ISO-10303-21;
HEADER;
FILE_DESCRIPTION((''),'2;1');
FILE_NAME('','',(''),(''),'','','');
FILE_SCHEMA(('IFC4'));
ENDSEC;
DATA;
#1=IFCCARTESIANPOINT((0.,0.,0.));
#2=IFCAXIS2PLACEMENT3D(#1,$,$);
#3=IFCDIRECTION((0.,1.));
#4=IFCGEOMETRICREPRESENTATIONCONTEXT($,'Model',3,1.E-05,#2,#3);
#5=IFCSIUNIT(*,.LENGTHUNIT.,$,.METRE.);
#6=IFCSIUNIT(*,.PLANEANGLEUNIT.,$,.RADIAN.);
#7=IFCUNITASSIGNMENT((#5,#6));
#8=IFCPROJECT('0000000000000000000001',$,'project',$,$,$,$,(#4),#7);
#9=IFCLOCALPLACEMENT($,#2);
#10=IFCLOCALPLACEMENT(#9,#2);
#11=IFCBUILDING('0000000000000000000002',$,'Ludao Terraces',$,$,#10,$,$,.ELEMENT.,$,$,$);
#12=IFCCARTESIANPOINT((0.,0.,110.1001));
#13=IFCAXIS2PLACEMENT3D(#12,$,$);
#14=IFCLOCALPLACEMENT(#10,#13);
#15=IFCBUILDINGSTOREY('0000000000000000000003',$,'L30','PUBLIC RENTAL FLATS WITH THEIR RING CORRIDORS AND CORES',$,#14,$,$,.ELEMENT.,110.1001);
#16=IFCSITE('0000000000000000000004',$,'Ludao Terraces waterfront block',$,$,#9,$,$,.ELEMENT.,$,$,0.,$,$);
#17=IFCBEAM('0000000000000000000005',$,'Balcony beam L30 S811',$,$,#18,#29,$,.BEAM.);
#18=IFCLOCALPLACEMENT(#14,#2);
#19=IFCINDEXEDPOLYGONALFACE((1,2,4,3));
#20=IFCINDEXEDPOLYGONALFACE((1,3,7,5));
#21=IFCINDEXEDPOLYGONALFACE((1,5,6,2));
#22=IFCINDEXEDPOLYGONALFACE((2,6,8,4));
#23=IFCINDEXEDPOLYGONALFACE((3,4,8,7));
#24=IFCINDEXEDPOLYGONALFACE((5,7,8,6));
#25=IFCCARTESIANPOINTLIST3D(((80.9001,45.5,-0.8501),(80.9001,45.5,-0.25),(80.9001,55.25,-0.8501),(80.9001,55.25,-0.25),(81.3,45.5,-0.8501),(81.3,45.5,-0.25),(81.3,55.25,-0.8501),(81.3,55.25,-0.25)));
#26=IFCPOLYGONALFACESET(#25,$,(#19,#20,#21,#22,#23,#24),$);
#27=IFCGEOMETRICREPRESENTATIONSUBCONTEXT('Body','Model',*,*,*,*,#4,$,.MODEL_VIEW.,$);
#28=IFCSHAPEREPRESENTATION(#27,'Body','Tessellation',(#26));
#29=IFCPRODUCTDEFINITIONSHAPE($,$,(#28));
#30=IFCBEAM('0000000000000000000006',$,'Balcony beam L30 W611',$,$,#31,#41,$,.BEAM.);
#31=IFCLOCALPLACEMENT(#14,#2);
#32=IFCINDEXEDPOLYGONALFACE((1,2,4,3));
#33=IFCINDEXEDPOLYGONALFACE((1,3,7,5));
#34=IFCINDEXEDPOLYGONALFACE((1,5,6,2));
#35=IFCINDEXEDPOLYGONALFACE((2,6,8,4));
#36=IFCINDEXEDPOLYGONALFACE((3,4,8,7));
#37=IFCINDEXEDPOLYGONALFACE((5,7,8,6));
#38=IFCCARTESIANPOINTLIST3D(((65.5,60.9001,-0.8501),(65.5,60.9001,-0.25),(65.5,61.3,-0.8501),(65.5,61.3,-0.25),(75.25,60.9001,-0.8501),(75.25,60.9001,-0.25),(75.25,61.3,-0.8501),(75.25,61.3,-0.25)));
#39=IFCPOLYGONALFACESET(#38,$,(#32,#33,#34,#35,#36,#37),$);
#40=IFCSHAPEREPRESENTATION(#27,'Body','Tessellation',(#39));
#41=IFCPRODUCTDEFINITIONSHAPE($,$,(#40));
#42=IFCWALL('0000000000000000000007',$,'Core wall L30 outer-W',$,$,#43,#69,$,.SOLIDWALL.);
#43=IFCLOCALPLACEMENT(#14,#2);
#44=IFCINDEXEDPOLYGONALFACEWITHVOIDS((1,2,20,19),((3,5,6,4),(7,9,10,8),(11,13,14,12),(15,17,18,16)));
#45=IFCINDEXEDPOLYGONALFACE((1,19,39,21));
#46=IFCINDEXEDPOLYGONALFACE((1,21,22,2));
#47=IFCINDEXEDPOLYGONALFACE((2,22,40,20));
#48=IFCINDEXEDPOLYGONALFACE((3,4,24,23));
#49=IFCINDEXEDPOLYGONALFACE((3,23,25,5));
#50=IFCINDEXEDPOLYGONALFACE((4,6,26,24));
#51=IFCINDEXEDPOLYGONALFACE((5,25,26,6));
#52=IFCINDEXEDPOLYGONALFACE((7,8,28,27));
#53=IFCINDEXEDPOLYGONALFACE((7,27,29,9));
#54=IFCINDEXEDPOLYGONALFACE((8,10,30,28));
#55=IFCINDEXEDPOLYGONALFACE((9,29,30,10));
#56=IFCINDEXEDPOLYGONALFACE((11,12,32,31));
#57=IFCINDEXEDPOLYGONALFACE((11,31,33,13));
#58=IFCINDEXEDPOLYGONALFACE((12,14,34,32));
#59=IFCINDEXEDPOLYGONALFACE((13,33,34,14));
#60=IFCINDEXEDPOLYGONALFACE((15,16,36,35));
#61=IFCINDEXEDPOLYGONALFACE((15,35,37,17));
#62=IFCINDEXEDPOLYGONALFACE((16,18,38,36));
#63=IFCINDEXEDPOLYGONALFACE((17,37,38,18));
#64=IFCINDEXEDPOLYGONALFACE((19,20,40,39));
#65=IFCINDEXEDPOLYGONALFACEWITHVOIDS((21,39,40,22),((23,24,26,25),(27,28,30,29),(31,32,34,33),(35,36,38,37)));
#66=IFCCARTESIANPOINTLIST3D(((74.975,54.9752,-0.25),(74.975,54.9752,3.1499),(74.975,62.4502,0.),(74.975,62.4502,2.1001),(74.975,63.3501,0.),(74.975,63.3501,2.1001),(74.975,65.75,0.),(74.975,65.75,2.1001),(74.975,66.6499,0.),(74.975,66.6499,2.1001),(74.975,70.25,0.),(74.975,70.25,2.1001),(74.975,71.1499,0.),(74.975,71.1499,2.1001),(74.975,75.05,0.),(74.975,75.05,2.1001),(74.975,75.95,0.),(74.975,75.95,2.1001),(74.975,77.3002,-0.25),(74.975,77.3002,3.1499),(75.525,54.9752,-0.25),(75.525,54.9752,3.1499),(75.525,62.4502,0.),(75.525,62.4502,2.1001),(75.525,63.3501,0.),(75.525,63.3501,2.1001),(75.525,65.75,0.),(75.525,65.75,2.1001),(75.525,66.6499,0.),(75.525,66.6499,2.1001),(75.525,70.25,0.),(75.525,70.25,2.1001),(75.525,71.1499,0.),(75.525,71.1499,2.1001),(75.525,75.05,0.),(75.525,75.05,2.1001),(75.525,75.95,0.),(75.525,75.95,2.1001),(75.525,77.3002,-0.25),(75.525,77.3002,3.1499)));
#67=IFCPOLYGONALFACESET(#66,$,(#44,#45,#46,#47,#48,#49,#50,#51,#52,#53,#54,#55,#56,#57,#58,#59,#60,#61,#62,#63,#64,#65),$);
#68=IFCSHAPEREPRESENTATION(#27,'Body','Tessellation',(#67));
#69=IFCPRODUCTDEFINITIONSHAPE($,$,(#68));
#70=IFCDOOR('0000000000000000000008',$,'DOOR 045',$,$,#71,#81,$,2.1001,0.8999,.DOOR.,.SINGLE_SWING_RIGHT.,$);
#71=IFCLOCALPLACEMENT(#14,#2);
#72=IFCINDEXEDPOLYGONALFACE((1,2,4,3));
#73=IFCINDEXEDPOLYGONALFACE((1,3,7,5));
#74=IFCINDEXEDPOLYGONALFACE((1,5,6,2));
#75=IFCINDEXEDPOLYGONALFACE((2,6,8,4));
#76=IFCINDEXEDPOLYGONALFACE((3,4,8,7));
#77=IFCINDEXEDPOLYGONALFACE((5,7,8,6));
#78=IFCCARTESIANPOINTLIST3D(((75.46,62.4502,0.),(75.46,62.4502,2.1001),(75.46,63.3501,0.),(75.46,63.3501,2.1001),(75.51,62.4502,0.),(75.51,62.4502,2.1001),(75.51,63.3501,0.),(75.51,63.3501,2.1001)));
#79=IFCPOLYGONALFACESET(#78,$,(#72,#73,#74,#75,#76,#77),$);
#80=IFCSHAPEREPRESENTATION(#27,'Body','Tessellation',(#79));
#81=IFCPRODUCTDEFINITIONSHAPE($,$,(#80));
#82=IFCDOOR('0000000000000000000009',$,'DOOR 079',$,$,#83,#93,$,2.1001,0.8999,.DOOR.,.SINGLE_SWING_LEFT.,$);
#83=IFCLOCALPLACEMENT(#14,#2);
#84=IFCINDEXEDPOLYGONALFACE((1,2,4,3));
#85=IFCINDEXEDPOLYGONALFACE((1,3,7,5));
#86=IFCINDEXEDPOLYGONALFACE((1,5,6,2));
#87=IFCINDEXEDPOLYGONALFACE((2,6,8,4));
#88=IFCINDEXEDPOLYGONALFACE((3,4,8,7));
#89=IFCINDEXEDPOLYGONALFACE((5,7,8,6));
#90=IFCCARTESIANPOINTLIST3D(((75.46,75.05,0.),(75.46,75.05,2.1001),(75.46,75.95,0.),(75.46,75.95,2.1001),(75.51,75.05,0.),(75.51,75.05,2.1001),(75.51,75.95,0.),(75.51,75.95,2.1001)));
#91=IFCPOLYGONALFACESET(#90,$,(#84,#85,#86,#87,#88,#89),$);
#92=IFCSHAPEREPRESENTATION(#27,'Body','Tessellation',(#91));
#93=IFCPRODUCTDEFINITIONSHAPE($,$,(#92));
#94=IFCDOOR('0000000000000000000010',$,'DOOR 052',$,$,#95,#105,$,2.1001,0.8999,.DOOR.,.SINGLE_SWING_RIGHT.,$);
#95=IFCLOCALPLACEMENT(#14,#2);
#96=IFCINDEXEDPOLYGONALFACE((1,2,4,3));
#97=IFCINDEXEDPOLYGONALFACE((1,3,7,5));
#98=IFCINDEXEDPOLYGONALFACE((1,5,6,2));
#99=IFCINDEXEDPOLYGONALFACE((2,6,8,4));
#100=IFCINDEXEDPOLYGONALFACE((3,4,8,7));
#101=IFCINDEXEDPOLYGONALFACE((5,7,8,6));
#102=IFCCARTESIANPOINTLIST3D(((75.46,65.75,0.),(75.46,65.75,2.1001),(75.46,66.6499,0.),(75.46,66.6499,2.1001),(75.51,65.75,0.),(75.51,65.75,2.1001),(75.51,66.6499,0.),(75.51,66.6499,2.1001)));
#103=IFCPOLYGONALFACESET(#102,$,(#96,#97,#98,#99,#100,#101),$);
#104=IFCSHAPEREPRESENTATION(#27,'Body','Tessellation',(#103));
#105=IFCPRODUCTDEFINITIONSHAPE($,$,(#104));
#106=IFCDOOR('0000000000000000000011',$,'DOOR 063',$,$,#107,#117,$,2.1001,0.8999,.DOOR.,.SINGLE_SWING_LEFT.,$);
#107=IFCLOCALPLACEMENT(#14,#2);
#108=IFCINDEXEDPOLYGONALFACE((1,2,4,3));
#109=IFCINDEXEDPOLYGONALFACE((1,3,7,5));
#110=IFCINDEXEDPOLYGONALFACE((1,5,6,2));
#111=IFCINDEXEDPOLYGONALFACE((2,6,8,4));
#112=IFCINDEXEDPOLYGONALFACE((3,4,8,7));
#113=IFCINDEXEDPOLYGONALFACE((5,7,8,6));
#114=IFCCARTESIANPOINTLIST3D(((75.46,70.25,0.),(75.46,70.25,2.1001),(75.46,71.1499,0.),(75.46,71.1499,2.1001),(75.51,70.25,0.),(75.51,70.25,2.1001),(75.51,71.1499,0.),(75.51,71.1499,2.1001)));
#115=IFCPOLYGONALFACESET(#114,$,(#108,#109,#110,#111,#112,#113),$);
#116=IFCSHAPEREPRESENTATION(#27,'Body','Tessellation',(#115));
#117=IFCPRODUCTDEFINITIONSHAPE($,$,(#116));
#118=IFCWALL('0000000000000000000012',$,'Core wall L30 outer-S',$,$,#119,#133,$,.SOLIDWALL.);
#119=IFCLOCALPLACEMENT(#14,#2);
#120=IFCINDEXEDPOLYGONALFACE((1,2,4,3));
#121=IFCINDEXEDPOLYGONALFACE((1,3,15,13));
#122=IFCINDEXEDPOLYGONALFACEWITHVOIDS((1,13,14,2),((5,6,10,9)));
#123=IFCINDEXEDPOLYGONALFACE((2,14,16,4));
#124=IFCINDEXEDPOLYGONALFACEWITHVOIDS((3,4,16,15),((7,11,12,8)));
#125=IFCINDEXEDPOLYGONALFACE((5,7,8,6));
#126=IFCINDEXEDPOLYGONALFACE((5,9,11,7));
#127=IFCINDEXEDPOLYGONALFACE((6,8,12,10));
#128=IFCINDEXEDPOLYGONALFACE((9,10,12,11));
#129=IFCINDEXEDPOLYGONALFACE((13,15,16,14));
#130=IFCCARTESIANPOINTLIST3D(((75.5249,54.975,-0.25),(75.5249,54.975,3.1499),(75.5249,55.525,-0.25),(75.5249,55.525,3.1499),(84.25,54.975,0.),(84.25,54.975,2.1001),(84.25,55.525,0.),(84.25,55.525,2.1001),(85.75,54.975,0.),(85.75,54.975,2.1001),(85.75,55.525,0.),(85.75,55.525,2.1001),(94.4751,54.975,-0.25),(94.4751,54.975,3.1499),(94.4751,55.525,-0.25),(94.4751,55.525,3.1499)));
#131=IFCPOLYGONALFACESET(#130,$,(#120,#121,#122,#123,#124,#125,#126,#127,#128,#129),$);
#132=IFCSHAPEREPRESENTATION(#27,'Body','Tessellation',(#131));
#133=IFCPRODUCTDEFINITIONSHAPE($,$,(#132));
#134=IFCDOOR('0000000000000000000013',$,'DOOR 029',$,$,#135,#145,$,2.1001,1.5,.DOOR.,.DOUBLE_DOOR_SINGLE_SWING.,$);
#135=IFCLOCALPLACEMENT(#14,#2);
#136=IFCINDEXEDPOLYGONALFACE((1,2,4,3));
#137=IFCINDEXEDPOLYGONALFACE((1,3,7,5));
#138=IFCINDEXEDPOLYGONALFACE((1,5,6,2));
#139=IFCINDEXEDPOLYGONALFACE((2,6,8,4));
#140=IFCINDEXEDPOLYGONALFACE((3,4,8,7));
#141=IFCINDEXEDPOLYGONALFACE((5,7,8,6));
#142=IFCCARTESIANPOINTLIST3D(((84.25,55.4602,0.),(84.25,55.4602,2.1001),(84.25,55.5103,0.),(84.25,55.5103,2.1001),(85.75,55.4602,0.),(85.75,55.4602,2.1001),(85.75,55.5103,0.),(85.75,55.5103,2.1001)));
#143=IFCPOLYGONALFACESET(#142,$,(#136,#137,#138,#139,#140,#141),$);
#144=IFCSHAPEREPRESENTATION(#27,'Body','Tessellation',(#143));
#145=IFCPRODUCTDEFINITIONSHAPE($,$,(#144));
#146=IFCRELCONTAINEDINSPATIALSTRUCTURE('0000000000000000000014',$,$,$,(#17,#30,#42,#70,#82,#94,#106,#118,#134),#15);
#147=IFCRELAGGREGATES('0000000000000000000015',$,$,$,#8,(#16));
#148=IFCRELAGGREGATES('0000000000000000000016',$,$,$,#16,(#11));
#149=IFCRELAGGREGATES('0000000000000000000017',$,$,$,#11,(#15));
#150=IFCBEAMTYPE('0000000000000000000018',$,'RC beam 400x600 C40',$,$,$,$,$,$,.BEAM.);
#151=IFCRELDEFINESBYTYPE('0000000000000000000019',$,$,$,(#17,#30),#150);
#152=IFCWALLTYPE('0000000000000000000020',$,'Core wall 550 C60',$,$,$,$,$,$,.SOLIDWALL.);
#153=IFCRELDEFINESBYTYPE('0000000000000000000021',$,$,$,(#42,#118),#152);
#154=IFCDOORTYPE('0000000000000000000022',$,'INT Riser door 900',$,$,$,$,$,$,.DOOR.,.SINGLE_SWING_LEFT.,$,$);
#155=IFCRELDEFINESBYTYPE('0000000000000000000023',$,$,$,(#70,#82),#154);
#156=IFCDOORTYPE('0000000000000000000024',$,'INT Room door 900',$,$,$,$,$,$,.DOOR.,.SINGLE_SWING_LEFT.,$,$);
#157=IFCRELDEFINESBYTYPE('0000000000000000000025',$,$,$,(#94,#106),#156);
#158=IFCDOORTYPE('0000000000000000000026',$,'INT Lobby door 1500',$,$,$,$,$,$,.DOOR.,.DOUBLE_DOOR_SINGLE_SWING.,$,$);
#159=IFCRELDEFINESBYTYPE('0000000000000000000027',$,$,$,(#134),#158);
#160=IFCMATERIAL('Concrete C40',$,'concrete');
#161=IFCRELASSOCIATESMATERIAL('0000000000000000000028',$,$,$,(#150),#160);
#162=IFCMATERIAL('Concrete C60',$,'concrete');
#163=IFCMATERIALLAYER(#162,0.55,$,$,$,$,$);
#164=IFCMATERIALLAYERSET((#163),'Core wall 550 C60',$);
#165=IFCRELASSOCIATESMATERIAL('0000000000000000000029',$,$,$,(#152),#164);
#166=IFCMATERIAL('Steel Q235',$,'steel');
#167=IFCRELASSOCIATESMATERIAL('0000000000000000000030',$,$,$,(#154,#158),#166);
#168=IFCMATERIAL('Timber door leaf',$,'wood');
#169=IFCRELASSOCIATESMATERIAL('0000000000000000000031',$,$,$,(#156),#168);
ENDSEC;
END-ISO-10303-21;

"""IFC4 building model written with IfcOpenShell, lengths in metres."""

from ifc_helpers import new_model, si_unit, direction, frame, frame_2d, origin, origin_2d, place, context, subcontext, project, spatial, rectangle, extrude, material, layer, layer_set, material_profile, profile_set, type_object, element, fill, save


model = new_model("IFC4")

# Units and contexts
model_context = context("Model", 3, precision=1e-05, world=origin(), true_north=direction((0.0, 1.0)))
body_context = subcontext(model_context, "Body", "Model", "MODEL_VIEW")
ifc_project = project(units=[si_unit("LENGTHUNIT", "METRE"), si_unit("PLANEANGLEUNIT", "RADIAN")], contexts=[model_context])

# Site, building, storey
site_placement = place(None, origin())
site = spatial("IfcSite", under=ifc_project, at=site_placement, Name="Ludao Terraces waterfront block", CompositionType="ELEMENT", RefElevation=0.0)
building_placement = place(site_placement, origin())
building = spatial("IfcBuilding", under=site, at=building_placement, Name="Ludao Terraces", CompositionType="ELEMENT")
storey_placement = place(building_placement, frame((0.0, 0.0, 110.1001)))
storey = spatial("IfcBuildingStorey", under=building, at=storey_placement, Name="L30", Description="PUBLIC RENTAL FLATS WITH THEIR RING CORRIDORS AND CORES", CompositionType="ELEMENT", Elevation=110.1001)

# Beams
ifc_material_1 = material(Name="Concrete C40", Category="concrete")
ifc_material_profile = material_profile(ifc_material_1, rectangle(XDim=0.3999, YDim=0.6001, at=origin_2d()), Name="400 X 600")
ifc_profile_set = profile_set([ifc_material_profile], Name="Concrete C40")
beam_type = type_object("IfcBeamType", Name="RC beam 400x600 C40", PredefinedType="BEAM", material=ifc_profile_set)
for number, where, z_axis, x_axis, name in (
    (1, (81.1001, 55.25, -0.55), (0.0, -1.0, 0.0), (1.0, 0.0, 0.0), "Balcony beam L30 S811"),
    (2, (75.25, 61.1001, -0.55), (-1.0, 0.0, 0.0), (0.0, -1.0, 0.0), "Balcony beam L30 W611"),
):
    element("IfcBeam", number, at=place(storey_placement, frame(where, z_axis=z_axis, x_axis=x_axis)), inside=storey, type_object=beam_type, Name=name, PredefinedType="BEAM", context=body_context, shape_type="SweptSolid", body=[
        extrude(rectangle(XDim=0.3999, YDim=0.6001, at=origin_2d()), origin(), (0.0, 0.0, 1.0), 9.75),
    ])

# Wall, openings, doors
ifc_material_2 = material(Name="Concrete C60", Category="concrete")
ifc_layer_1 = layer(ifc_material_2, 0.55)
ifc_layer_set_1 = layer_set([ifc_layer_1], Name="Core wall 550 C60")
wall_type_1 = type_object("IfcWallType", Name="Core wall 550 C60", PredefinedType="SOLIDWALL", material=ifc_layer_set_1)
wall_1_placement = place(storey_placement, frame((75.25, 54.9751, -0.25), z_axis=(0.0, 0.0, 1.0), x_axis=(0.0, 1.0, 0.0)))
wall_1 = element("IfcWall", 3, at=wall_1_placement, inside=storey, type_object=wall_type_1, Name="Core wall L30 outer-W", PredefinedType="SOLIDWALL", context=body_context, shape_type="SweptSolid", body=[
    extrude(rectangle(XDim=22.325, YDim=0.55, at=frame_2d((11.1626, 0.0))), origin(), (0.0, 0.0, 1.0), 3.3999),
])
opening_1_placement = place(wall_1_placement, frame((7.4751, 0.0, 0.25)))
opening_1 = element("IfcOpeningElement", 4, at=opening_1_placement, cuts=wall_1, PredefinedType="OPENING", context=body_context, shape_type="SweptSolid", body=[
    extrude(rectangle(XDim=0.8999, YDim=2.1001, at=frame_2d((0.45, 1.05))), frame((0.0, 0.2852, 0.0), z_axis=(0.0, -1.0, 0.0), x_axis=(1.0, 0.0, 0.0)), (0.0, 0.0, 1.0), 0.5701),
])
opening_2_placement = place(wall_1_placement, frame((10.7749, 0.0, 0.25)))
opening_2 = element("IfcOpeningElement", 5, at=opening_2_placement, cuts=wall_1, PredefinedType="OPENING", context=body_context, shape_type="SweptSolid", body=[
    extrude(rectangle(XDim=0.8999, YDim=2.1001, at=frame_2d((0.45, 1.05))), frame((0.0, 0.2852, 0.0), z_axis=(0.0, -1.0, 0.0), x_axis=(1.0, 0.0, 0.0)), (0.0, 0.0, 1.0), 0.5701),
])
opening_3_placement = place(wall_1_placement, frame((15.2749, 0.0, 0.25)))
opening_3 = element("IfcOpeningElement", 6, at=opening_3_placement, cuts=wall_1, PredefinedType="OPENING", context=body_context, shape_type="SweptSolid", body=[
    extrude(rectangle(XDim=0.8999, YDim=2.1001, at=frame_2d((0.45, 1.05))), frame((0.0, 0.2852, 0.0), z_axis=(0.0, -1.0, 0.0), x_axis=(1.0, 0.0, 0.0)), (0.0, 0.0, 1.0), 0.5701),
])
opening_4_placement = place(wall_1_placement, frame((20.075, 0.0, 0.25)))
opening_4 = element("IfcOpeningElement", 7, at=opening_4_placement, cuts=wall_1, PredefinedType="OPENING", context=body_context, shape_type="SweptSolid", body=[
    extrude(rectangle(XDim=0.8999, YDim=2.1001, at=frame_2d((0.45, 1.05))), frame((0.0, 0.2852, 0.0), z_axis=(0.0, -1.0, 0.0), x_axis=(1.0, 0.0, 0.0)), (0.0, 0.0, 1.0), 0.5701),
])
ifc_material_3 = material(Name="Steel Q235", Category="steel")
door_type_1 = type_object("IfcDoorType", Name="INT Riser door 900", OperationType="SINGLE_SWING_LEFT", PredefinedType="DOOR", material=ifc_material_3)
door_1_placement = place(opening_1_placement, origin())
door_1 = element("IfcDoor", 8, at=door_1_placement, inside=storey, type_object=door_type_1, Name="DOOR 045", OperationType="SINGLE_SWING_RIGHT", OverallHeight=2.1001, OverallWidth=0.8999, PredefinedType="DOOR", context=body_context, shape_type="SweptSolid", body=[
    extrude(rectangle(XDim=0.8999, YDim=2.1001, at=frame_2d((0.45, 1.05))), frame((0.0, -0.21, 0.0), z_axis=(0.0, -1.0, 0.0), x_axis=(1.0, 0.0, 0.0)), (0.0, 0.0, 1.0), 0.05),
])
fill(opening_1, door_1)
door_2_placement = place(opening_4_placement, origin())
door_2 = element("IfcDoor", 9, at=door_2_placement, inside=storey, type_object=door_type_1, Name="DOOR 079", OperationType="SINGLE_SWING_LEFT", OverallHeight=2.1001, OverallWidth=0.8999, PredefinedType="DOOR", context=body_context, shape_type="SweptSolid", body=[
    extrude(rectangle(XDim=0.8999, YDim=2.1001, at=frame_2d((0.45, 1.05))), frame((0.0, -0.21, 0.0), z_axis=(0.0, -1.0, 0.0), x_axis=(1.0, 0.0, 0.0)), (0.0, 0.0, 1.0), 0.05),
])
fill(opening_4, door_2)
ifc_material_4 = material(Name="Timber door leaf", Category="wood")
door_type_2 = type_object("IfcDoorType", Name="INT Room door 900", OperationType="SINGLE_SWING_LEFT", PredefinedType="DOOR", material=ifc_material_4)
door_3_placement = place(opening_2_placement, origin())
door_3 = element("IfcDoor", 10, at=door_3_placement, inside=storey, type_object=door_type_2, Name="DOOR 052", OperationType="SINGLE_SWING_RIGHT", OverallHeight=2.1001, OverallWidth=0.8999, PredefinedType="DOOR", context=body_context, shape_type="SweptSolid", body=[
    extrude(rectangle(XDim=0.8999, YDim=2.1001, at=frame_2d((0.45, 1.05))), frame((0.0, -0.21, 0.0), z_axis=(0.0, -1.0, 0.0), x_axis=(1.0, 0.0, 0.0)), (0.0, 0.0, 1.0), 0.05),
])
fill(opening_2, door_3)
door_4_placement = place(opening_3_placement, origin())
door_4 = element("IfcDoor", 11, at=door_4_placement, inside=storey, type_object=door_type_2, Name="DOOR 063", OperationType="SINGLE_SWING_LEFT", OverallHeight=2.1001, OverallWidth=0.8999, PredefinedType="DOOR", context=body_context, shape_type="SweptSolid", body=[
    extrude(rectangle(XDim=0.8999, YDim=2.1001, at=frame_2d((0.45, 1.05))), frame((0.0, -0.21, 0.0), z_axis=(0.0, -1.0, 0.0), x_axis=(1.0, 0.0, 0.0)), (0.0, 0.0, 1.0), 0.05),
])
fill(opening_3, door_4)

# Wall, opening, door
wall_2_placement = place(storey_placement, frame((75.5249, 55.25, -0.25), z_axis=(0.0, 0.0, 1.0), x_axis=(1.0, 0.0, 0.0)))
wall_2 = element("IfcWall", 12, at=wall_2_placement, inside=storey, type_object=wall_type_1, Name="Core wall L30 outer-S", PredefinedType="SOLIDWALL", context=body_context, shape_type="SweptSolid", body=[
    extrude(rectangle(XDim=18.9502, YDim=0.55, at=frame_2d((9.4751, 0.0))), origin(), (0.0, 0.0, 1.0), 3.3999),
])
opening_5_placement = place(wall_2_placement, frame((8.7251, 0.0, 0.25)))
opening_5 = element("IfcOpeningElement", 13, at=opening_5_placement, cuts=wall_2, PredefinedType="OPENING", context=body_context, shape_type="SweptSolid", body=[
    extrude(rectangle(XDim=1.5, YDim=2.1001, at=frame_2d((0.75, 1.05))), frame((0.0, 0.2852, 0.0), z_axis=(0.0, -1.0, 0.0), x_axis=(1.0, 0.0, 0.0)), (0.0, 0.0, 1.0), 0.5701),
])
door_type_3 = type_object("IfcDoorType", Name="INT Lobby door 1500", OperationType="DOUBLE_DOOR_SINGLE_SWING", PredefinedType="DOOR", material=ifc_material_3)
door_5_placement = place(opening_5_placement, origin())
door_5 = element("IfcDoor", 14, at=door_5_placement, inside=storey, type_object=door_type_3, Name="DOOR 029", OperationType="DOUBLE_DOOR_SINGLE_SWING", OverallHeight=2.1001, OverallWidth=1.5, PredefinedType="DOOR", context=body_context, shape_type="SweptSolid", body=[
    extrude(rectangle(XDim=1.5, YDim=2.1001, at=frame_2d((0.75, 1.05))), frame((0.0, 0.2603, 0.0), z_axis=(0.0, -1.0, 0.0), x_axis=(1.0, 0.0, 0.0)), (0.0, 0.0, 1.0), 0.05),
])
fill(opening_5, door_5)

save(model, "model.ifc")
